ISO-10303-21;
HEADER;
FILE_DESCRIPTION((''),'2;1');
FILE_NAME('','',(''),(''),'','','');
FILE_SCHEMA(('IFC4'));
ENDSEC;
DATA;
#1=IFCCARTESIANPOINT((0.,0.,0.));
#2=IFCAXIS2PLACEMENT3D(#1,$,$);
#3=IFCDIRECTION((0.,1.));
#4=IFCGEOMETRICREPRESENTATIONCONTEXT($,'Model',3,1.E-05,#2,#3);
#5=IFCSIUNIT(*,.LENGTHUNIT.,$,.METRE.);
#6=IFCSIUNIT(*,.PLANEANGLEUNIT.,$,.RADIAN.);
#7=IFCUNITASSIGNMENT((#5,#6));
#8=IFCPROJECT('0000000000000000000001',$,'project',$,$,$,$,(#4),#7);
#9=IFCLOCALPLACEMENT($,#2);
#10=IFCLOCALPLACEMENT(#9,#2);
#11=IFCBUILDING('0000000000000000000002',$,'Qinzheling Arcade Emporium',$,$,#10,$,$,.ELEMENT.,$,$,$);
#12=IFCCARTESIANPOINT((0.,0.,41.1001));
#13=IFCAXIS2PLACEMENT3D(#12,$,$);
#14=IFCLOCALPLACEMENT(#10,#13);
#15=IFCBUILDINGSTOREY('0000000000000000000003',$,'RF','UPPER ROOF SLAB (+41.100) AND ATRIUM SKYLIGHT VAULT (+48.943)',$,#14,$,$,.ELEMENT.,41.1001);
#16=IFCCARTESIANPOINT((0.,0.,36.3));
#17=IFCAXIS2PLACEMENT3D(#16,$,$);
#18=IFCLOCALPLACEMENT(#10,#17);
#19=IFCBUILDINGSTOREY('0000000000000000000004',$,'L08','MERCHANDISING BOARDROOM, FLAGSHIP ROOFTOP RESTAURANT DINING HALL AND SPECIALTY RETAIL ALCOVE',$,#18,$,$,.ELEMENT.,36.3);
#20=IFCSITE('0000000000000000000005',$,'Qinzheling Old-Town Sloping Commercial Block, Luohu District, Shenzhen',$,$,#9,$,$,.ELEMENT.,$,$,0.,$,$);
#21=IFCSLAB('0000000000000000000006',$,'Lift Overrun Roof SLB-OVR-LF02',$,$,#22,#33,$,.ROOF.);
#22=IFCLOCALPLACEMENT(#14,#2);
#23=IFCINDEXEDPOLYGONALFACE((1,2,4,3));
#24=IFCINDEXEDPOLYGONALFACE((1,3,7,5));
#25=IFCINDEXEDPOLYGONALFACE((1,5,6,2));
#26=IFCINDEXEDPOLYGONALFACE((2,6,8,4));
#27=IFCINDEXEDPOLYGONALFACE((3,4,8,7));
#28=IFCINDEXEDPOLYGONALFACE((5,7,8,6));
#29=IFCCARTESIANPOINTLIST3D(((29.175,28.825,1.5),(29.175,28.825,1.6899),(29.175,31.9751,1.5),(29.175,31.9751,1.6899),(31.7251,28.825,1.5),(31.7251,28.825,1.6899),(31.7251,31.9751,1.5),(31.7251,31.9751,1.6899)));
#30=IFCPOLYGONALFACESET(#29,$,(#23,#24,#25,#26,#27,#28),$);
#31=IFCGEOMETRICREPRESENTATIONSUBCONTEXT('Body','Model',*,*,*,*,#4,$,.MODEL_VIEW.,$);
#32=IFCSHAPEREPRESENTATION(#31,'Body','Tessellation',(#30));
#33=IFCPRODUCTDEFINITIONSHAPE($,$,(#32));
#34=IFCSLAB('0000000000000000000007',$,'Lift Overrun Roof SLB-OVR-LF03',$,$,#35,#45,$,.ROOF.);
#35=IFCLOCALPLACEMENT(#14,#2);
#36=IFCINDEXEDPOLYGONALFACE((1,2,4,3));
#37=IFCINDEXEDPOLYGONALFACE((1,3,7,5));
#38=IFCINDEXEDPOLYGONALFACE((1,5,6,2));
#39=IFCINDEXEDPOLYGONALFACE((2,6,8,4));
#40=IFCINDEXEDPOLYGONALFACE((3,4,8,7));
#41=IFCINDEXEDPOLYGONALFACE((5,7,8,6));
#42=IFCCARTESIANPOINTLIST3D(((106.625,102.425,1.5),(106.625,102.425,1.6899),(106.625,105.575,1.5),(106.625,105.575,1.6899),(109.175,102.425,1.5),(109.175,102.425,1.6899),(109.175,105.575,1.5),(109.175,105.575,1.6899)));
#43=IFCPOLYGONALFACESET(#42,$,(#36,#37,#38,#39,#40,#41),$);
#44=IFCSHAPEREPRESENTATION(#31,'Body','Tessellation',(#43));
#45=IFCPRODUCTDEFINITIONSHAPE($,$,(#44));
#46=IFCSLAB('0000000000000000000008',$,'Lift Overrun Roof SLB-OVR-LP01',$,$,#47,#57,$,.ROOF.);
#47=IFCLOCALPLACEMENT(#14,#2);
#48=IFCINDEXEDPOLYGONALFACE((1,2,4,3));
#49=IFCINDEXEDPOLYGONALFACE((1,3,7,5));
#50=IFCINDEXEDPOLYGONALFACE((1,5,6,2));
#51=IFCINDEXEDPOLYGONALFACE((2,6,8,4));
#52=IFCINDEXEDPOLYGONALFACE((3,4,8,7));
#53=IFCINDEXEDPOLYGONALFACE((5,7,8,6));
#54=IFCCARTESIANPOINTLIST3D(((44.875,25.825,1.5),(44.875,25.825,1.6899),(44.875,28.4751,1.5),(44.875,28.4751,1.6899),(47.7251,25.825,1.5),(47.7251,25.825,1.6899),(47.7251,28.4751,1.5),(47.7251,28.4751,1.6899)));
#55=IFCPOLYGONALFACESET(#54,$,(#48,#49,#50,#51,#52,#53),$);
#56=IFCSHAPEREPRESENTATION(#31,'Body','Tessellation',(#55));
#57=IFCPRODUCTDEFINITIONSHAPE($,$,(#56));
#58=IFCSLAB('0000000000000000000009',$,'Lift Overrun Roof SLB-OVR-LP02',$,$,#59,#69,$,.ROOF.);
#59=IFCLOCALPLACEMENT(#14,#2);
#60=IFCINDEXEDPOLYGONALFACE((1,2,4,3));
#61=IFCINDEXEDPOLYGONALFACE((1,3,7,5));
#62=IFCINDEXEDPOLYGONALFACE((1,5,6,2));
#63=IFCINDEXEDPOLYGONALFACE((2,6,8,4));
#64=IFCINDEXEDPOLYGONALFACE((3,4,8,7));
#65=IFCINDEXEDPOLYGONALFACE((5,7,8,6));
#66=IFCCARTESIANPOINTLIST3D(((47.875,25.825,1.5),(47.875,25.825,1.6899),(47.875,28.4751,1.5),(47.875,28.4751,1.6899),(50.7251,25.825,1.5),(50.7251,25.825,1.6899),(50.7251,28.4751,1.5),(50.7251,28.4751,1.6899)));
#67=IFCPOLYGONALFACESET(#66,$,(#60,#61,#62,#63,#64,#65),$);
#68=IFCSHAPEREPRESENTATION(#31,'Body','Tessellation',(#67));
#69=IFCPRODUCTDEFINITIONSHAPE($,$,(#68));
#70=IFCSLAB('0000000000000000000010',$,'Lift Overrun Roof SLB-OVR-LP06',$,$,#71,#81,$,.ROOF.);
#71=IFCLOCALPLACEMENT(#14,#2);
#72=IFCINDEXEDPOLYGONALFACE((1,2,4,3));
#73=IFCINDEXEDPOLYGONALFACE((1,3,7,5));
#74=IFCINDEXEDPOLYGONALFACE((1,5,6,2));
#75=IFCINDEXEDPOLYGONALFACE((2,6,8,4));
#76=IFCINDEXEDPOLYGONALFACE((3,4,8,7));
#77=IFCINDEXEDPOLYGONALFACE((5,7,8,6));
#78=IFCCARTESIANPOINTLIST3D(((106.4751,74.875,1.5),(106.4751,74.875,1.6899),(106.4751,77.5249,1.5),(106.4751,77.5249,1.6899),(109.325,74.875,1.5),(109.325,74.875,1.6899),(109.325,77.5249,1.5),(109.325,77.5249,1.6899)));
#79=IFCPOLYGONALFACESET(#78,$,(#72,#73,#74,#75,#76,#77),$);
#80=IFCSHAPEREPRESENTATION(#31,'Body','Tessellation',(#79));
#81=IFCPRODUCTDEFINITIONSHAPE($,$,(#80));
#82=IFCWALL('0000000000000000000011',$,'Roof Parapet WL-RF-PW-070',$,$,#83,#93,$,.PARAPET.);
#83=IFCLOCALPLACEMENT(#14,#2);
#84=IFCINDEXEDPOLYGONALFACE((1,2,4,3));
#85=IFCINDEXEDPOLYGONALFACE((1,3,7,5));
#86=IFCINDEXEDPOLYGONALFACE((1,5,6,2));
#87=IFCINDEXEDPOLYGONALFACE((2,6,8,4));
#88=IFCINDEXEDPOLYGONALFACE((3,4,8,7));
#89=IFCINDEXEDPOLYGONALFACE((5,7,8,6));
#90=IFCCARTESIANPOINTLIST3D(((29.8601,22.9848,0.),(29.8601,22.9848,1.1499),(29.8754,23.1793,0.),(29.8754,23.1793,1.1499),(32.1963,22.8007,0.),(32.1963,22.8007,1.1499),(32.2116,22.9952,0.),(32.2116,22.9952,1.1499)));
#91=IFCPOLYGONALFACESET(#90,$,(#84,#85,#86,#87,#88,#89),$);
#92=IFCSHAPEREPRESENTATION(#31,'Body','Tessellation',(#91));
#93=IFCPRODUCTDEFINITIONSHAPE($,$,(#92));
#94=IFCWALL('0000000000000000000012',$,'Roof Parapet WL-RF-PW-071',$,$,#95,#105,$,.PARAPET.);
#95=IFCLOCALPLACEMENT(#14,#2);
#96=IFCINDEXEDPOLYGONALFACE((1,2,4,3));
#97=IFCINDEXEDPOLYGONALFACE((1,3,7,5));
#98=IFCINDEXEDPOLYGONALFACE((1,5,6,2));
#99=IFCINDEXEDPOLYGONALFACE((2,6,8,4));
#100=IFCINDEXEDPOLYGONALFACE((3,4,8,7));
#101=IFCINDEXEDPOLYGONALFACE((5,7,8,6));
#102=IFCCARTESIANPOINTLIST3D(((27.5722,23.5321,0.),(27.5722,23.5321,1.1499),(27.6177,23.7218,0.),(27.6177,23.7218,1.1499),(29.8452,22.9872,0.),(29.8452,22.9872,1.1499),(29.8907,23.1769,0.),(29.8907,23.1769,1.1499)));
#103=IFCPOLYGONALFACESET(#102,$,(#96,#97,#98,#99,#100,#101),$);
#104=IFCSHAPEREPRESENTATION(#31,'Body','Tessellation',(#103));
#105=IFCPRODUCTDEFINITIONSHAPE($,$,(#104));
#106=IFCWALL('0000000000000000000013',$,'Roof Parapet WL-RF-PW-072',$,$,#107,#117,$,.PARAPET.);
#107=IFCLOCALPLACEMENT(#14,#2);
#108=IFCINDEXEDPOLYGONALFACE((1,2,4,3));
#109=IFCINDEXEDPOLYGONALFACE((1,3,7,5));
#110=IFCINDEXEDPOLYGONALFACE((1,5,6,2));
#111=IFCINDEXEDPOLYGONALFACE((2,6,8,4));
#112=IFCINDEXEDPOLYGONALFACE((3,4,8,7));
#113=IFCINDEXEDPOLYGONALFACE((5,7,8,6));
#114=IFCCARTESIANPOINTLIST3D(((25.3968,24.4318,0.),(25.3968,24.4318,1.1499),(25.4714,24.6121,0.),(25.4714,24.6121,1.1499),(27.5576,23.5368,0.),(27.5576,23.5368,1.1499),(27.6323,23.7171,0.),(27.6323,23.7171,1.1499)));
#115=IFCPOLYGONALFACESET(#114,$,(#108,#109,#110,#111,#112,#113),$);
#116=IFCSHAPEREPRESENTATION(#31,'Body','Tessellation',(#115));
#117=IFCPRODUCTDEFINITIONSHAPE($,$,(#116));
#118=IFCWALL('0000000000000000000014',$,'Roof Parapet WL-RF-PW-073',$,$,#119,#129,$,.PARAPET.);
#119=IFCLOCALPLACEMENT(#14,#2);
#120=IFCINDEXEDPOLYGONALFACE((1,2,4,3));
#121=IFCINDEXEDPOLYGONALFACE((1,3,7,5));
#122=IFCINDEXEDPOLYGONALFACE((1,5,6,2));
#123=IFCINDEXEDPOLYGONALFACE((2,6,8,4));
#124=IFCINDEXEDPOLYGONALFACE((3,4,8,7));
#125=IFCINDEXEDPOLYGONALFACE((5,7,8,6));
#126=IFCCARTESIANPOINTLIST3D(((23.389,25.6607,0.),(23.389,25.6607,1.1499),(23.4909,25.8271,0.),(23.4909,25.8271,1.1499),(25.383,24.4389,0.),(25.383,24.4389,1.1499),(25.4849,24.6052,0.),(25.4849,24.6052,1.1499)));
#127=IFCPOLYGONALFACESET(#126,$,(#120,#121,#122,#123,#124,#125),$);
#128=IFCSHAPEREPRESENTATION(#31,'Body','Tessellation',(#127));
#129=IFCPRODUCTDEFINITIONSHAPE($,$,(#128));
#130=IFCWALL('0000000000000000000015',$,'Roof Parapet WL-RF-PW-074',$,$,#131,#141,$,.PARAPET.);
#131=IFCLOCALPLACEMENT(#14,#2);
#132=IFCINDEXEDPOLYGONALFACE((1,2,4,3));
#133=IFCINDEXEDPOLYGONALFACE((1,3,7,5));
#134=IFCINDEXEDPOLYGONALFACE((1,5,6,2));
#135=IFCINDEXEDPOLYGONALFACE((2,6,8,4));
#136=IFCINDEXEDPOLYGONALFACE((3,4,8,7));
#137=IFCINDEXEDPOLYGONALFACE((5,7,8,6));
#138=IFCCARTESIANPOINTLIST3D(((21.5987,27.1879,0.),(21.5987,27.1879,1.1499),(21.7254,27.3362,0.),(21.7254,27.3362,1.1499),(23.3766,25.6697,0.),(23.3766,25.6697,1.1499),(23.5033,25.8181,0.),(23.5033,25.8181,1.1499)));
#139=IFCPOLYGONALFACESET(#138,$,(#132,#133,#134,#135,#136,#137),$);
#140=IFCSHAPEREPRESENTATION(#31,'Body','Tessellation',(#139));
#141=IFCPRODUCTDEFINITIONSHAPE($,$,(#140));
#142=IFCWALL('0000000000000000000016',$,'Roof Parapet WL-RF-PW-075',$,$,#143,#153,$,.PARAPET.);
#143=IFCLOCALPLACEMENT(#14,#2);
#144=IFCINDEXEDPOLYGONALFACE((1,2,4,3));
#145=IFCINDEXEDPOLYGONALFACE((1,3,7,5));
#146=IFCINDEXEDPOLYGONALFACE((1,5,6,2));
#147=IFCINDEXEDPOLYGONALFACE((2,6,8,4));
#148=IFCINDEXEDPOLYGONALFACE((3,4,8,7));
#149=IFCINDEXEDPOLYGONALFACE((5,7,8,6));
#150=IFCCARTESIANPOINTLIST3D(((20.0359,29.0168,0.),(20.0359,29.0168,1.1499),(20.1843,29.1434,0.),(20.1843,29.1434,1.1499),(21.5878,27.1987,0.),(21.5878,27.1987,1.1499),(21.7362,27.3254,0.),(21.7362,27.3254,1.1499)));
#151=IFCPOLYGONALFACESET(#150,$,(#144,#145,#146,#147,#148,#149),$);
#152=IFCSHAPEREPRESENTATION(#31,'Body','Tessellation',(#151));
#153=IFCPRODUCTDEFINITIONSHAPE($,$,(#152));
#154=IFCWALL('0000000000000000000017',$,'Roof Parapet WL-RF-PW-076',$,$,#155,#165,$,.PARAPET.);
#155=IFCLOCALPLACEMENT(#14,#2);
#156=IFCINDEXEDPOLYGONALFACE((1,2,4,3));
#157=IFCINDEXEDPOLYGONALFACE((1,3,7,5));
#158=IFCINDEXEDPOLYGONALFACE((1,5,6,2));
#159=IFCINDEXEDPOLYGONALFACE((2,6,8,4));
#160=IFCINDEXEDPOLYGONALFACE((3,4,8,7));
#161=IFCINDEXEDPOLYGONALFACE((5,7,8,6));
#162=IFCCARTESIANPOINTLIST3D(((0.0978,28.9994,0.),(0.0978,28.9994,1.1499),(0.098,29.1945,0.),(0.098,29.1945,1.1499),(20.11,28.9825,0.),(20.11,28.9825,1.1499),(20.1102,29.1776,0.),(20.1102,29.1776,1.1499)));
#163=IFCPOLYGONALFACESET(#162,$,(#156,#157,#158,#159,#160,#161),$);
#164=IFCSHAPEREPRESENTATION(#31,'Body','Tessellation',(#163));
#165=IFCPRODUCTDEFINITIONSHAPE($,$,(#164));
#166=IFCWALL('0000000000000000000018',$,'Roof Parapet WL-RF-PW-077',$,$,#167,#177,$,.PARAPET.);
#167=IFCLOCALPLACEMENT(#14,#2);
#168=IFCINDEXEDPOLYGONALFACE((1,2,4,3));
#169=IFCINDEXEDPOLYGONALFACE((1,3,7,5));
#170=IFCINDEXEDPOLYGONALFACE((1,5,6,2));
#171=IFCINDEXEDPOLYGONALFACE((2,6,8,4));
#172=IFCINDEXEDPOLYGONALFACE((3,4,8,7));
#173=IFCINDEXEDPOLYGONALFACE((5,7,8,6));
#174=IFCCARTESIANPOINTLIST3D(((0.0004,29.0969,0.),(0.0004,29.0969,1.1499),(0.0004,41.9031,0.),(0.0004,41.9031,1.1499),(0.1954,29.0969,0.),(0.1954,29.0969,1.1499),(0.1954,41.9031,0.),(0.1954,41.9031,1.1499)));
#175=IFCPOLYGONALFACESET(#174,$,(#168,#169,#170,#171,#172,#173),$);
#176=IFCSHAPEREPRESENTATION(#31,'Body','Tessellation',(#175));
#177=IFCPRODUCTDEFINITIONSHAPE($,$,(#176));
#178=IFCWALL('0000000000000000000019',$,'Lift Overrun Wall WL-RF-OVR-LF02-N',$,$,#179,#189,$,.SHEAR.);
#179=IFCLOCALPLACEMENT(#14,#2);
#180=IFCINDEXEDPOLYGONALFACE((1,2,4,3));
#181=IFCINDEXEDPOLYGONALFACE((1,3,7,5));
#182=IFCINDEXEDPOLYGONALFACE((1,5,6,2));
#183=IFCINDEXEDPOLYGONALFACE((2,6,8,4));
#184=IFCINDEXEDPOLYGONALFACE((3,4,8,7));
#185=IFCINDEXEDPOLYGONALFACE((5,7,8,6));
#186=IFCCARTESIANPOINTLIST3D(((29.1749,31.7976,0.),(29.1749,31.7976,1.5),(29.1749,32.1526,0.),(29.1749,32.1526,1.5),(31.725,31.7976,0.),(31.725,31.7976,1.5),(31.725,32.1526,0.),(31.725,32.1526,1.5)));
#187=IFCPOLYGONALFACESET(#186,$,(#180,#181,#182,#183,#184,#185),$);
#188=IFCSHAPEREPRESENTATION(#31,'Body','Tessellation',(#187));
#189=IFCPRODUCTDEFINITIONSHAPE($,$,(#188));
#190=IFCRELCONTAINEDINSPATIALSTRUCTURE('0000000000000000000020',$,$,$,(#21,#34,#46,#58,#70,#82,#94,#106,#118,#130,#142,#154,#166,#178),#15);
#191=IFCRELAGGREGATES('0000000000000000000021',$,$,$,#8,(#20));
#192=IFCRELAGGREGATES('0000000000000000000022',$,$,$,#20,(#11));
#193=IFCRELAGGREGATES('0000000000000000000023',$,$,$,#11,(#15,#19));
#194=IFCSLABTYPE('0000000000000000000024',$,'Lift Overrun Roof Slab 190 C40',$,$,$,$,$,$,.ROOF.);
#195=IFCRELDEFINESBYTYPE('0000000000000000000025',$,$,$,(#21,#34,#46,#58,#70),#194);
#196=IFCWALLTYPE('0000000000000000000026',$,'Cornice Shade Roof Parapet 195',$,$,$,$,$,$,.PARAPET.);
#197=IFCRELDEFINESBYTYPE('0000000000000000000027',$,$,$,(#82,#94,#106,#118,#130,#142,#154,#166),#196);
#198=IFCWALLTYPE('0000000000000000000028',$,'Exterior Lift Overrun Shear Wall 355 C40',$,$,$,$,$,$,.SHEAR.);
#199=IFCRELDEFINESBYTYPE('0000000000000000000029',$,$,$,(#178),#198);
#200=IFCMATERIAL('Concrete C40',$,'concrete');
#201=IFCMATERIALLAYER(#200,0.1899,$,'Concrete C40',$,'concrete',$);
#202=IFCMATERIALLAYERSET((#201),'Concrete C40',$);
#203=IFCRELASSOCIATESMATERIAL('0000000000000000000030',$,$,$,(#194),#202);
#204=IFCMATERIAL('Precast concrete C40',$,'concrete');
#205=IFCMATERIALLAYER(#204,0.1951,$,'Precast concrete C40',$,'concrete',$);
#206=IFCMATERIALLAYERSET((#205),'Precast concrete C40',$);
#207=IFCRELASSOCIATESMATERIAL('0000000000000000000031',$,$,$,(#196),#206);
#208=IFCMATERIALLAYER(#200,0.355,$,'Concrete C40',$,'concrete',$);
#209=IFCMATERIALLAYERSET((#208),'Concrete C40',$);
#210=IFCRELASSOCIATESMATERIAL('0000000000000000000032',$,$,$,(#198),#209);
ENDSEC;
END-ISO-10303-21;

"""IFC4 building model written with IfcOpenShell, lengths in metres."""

from ifc_helpers import new_model, si_unit, direction, frame, frame_2d, origin, place, context, subcontext, project, spatial, polyline, rectangle, outline, extrude, material, layer, layer_set, type_object, element, save


model = new_model("IFC4")

# Units and contexts
model_context = context("Model", 3, precision=1e-05, world=origin(), true_north=direction((0.0, 1.0)))
body_context = subcontext(model_context, "Body", "Model", "MODEL_VIEW")
ifc_project = project(units=[si_unit("LENGTHUNIT", "METRE"), si_unit("PLANEANGLEUNIT", "RADIAN")], contexts=[model_context])

# Site, building, storey
site_placement = place(None, origin())
site = spatial("IfcSite", under=ifc_project, at=site_placement, Name="Qinzheling Old-Town Sloping Commercial Block, Luohu District, Shenzhen", CompositionType="ELEMENT", RefElevation=0.0)
building_placement = place(site_placement, origin())
building = spatial("IfcBuilding", under=site, at=building_placement, Name="Qinzheling Arcade Emporium", CompositionType="ELEMENT")
storey_1_placement = place(building_placement, frame((0.0, 0.0, 41.1001)))
storey_1 = spatial("IfcBuildingStorey", under=building, at=storey_1_placement, Name="RF", Description="UPPER ROOF SLAB (+41.100) AND ATRIUM SKYLIGHT VAULT (+48.943)", CompositionType="ELEMENT", Elevation=41.1001)

# Shared definitions
ifc_material_1 = material(Name="Concrete C40", Category="concrete")

# Shared definitions
storey_2_placement = place(building_placement, frame((0.0, 0.0, 36.3)))
storey_2 = spatial("IfcBuildingStorey", under=building, at=storey_2_placement, Name="L08", Description="MERCHANDISING BOARDROOM, FLAGSHIP ROOFTOP RESTAURANT DINING HALL AND SPECIALTY RETAIL ALCOVE", CompositionType="ELEMENT", Elevation=36.3)

# Slabs
ifc_layer_1 = layer(ifc_material_1, 0.1899, Name="Concrete C40", Category="concrete")
ifc_layer_set_1 = layer_set([ifc_layer_1], Name="Concrete C40")
slab_type_1 = type_object("IfcSlabType", Name="Lift Overrun Roof Slab 190 C40", PredefinedType="ROOF", material=ifc_layer_set_1)
slab_1_placement = place(storey_1_placement, frame((0.0, 0.0, 1.5)))
element("IfcSlab", 1, at=slab_1_placement, inside=storey_1, type_object=slab_type_1, Name="Lift Overrun Roof SLB-OVR-LF02", PredefinedType="ROOF", context=body_context, shape_type="SweptSolid", body=[
    extrude(outline(polyline([(29.175, 28.825), (31.7251, 28.825), (31.7251, 31.9751), (29.175, 31.9751), (29.175, 28.825)])), origin(), (0.0, 0.0, 1.0), 0.1899),
])
slab_2_placement = place(storey_1_placement, frame((0.0, 0.0, 1.5)))
element("IfcSlab", 2, at=slab_2_placement, inside=storey_1, type_object=slab_type_1, Name="Lift Overrun Roof SLB-OVR-LF03", PredefinedType="ROOF", context=body_context, shape_type="SweptSolid", body=[
    extrude(outline(polyline([(106.625, 102.425), (109.175, 102.425), (109.175, 105.575), (106.625, 105.575), (106.625, 102.425)])), origin(), (0.0, 0.0, 1.0), 0.1899),
])
slab_3_placement = place(storey_1_placement, frame((0.0, 0.0, 1.5)))
element("IfcSlab", 3, at=slab_3_placement, inside=storey_1, type_object=slab_type_1, Name="Lift Overrun Roof SLB-OVR-LP01", PredefinedType="ROOF", context=body_context, shape_type="SweptSolid", body=[
    extrude(outline(polyline([(44.875, 25.825), (47.7251, 25.825), (47.7251, 28.4751), (44.875, 28.4751), (44.875, 25.825)])), origin(), (0.0, 0.0, 1.0), 0.1899),
])
slab_4_placement = place(storey_1_placement, frame((0.0, 0.0, 1.5)))
element("IfcSlab", 4, at=slab_4_placement, inside=storey_1, type_object=slab_type_1, Name="Lift Overrun Roof SLB-OVR-LP02", PredefinedType="ROOF", context=body_context, shape_type="SweptSolid", body=[
    extrude(outline(polyline([(47.875, 25.825), (50.7251, 25.825), (50.7251, 28.4751), (47.875, 28.4751), (47.875, 25.825)])), origin(), (0.0, 0.0, 1.0), 0.1899),
])
slab_5_placement = place(storey_1_placement, frame((0.0, 0.0, 1.5)))
element("IfcSlab", 5, at=slab_5_placement, inside=storey_1, type_object=slab_type_1, Name="Lift Overrun Roof SLB-OVR-LP06", PredefinedType="ROOF", context=body_context, shape_type="SweptSolid", body=[
    extrude(outline(polyline([(106.4751, 74.875), (109.325, 74.875), (109.325, 77.5249), (106.4751, 77.5249), (106.4751, 74.875)])), origin(), (0.0, 0.0, 1.0), 0.1899),
])

# Walls
ifc_material_2 = material(Name="Precast concrete C40", Category="concrete")
ifc_layer_2 = layer(ifc_material_2, 0.1951, Name="Precast concrete C40", Category="concrete")
ifc_layer_set_2 = layer_set([ifc_layer_2], Name="Precast concrete C40")
wall_type_1 = type_object("IfcWallType", Name="Cornice Shade Roof Parapet 195", PredefinedType="PARAPET", material=ifc_layer_set_2)
wall_1_placement = place(storey_1_placement, frame((32.2041, 22.8979, 0.0), z_axis=(0.0, 0.0, 1.0), x_axis=(-0.99691, 0.078553, 0.0)))
element("IfcWall", 6, at=wall_1_placement, inside=storey_1, type_object=wall_type_1, Name="Roof Parapet WL-RF-PW-070", PredefinedType="PARAPET", context=body_context, shape_type="SweptSolid", body=[
    extrude(rectangle(XDim=2.3435, YDim=0.1951, at=frame_2d((1.1719, 0.0))), origin(), (0.0, 0.0, 1.0), 1.1499),
])
wall_2_placement = place(storey_1_placement, frame((29.8679, 23.082, 0.0), z_axis=(0.0, 0.0, 1.0), x_axis=(-0.972444, 0.233136, 0.0)))
element("IfcWall", 7, at=wall_2_placement, inside=storey_1, type_object=wall_type_1, Name="Roof Parapet WL-RF-PW-071", PredefinedType="PARAPET", context=body_context, shape_type="SweptSolid", body=[
    extrude(rectangle(XDim=2.3374, YDim=0.1951, at=frame_2d((1.1687, 0.0))), origin(), (0.0, 0.0, 1.0), 1.1499),
])
wall_3_placement = place(storey_1_placement, frame((27.595, 23.627, 0.0), z_axis=(0.0, 0.0, 1.0), x_axis=(-0.923887, 0.382665, 0.0)))
element("IfcWall", 8, at=wall_3_placement, inside=storey_1, type_object=wall_type_1, Name="Roof Parapet WL-RF-PW-072", PredefinedType="PARAPET", context=body_context, shape_type="SweptSolid", body=[
    extrude(rectangle(XDim=2.3389, YDim=0.1951, at=frame_2d((1.1694, 0.0))), origin(), (0.0, 0.0, 1.0), 1.1499),
])
wall_4_placement = place(storey_1_placement, frame((25.4341, 24.522, 0.0), z_axis=(0.0, 0.0, 1.0), x_axis=(-0.852657, 0.522471, 0.0)))
element("IfcWall", 9, at=wall_4_placement, inside=storey_1, type_object=wall_type_1, Name="Roof Parapet WL-RF-PW-073", PredefinedType="PARAPET", context=body_context, shape_type="SweptSolid", body=[
    extrude(rectangle(XDim=2.3386, YDim=0.1951, at=frame_2d((1.1694, 0.0))), origin(), (0.0, 0.0, 1.0), 1.1499),
])
wall_5_placement = place(storey_1_placement, frame((23.4399, 25.7439, 0.0), z_axis=(0.0, 0.0, 1.0), x_axis=(-0.760479, 0.649363, 0.0)))
element("IfcWall", 10, at=wall_5_placement, inside=storey_1, type_object=wall_type_1, Name="Roof Parapet WL-RF-PW-074", PredefinedType="PARAPET", context=body_context, shape_type="SweptSolid", body=[
    extrude(rectangle(XDim=2.3379, YDim=0.1951, at=frame_2d((1.1689, 0.0))), origin(), (0.0, 0.0, 1.0), 1.1499),
])
wall_6_placement = place(storey_1_placement, frame((21.6621, 27.262, 0.0), z_axis=(0.0, 0.0, 1.0), x_axis=(-0.649251, 0.760574, 0.0)))
element("IfcWall", 11, at=wall_6_placement, inside=storey_1, type_object=wall_type_1, Name="Roof Parapet WL-RF-PW-075", PredefinedType="PARAPET", context=body_context, shape_type="SweptSolid", body=[
    extrude(rectangle(XDim=2.3904, YDim=0.1951, at=frame_2d((1.1953, 0.0))), origin(), (0.0, 0.0, 1.0), 1.1499),
])
wall_7_placement = place(storey_1_placement, frame((20.1101, 29.0801, 0.0), z_axis=(0.0, 0.0, 1.0), x_axis=(-1.0, 0.000842, 0.0)))
element("IfcWall", 12, at=wall_7_placement, inside=storey_1, type_object=wall_type_1, Name="Roof Parapet WL-RF-PW-076", PredefinedType="PARAPET", context=body_context, shape_type="SweptSolid", body=[
    extrude(rectangle(XDim=20.0122, YDim=0.1951, at=frame_2d((10.0061, 0.0))), origin(), (0.0, 0.0, 1.0), 1.1499),
])
wall_8_placement = place(storey_1_placement, frame((0.0979, 29.0969, 0.0), z_axis=(0.0, 0.0, 1.0), x_axis=(0.0, 1.0, 0.0)))
element("IfcWall", 13, at=wall_8_placement, inside=storey_1, type_object=wall_type_1, Name="Roof Parapet WL-RF-PW-077", PredefinedType="PARAPET", context=body_context, shape_type="SweptSolid", body=[
    extrude(rectangle(XDim=12.8062, YDim=0.1951, at=frame_2d((6.4031, 0.0))), origin(), (0.0, 0.0, 1.0), 1.1499),
])
ifc_layer_3 = layer(ifc_material_1, 0.355, Name="Concrete C40", Category="concrete")
ifc_layer_set_3 = layer_set([ifc_layer_3], Name="Concrete C40")
wall_type_2 = type_object("IfcWallType", Name="Exterior Lift Overrun Shear Wall 355 C40", PredefinedType="SHEAR", material=ifc_layer_set_3)
for number, where, z_axis, x_axis, name in (
    (14, (29.175, 31.9751, 0.0), (0.0, 0.0, 1.0), (1.0, 0.0, 0.0), "Lift Overrun Wall WL-RF-OVR-LF02-N"),
):
    element("IfcWall", number, at=place(storey_1_placement, frame(where, z_axis=z_axis, x_axis=x_axis)), inside=storey_1, type_object=wall_type_2, Name=name, PredefinedType="SHEAR", context=body_context, shape_type="SweptSolid", body=[
        extrude(rectangle(XDim=2.55, YDim=0.355, at=frame_2d((1.2749, 0.0))), origin(), (0.0, 0.0, 1.0), 1.5),
    ])

save(model, "model.ifc")
